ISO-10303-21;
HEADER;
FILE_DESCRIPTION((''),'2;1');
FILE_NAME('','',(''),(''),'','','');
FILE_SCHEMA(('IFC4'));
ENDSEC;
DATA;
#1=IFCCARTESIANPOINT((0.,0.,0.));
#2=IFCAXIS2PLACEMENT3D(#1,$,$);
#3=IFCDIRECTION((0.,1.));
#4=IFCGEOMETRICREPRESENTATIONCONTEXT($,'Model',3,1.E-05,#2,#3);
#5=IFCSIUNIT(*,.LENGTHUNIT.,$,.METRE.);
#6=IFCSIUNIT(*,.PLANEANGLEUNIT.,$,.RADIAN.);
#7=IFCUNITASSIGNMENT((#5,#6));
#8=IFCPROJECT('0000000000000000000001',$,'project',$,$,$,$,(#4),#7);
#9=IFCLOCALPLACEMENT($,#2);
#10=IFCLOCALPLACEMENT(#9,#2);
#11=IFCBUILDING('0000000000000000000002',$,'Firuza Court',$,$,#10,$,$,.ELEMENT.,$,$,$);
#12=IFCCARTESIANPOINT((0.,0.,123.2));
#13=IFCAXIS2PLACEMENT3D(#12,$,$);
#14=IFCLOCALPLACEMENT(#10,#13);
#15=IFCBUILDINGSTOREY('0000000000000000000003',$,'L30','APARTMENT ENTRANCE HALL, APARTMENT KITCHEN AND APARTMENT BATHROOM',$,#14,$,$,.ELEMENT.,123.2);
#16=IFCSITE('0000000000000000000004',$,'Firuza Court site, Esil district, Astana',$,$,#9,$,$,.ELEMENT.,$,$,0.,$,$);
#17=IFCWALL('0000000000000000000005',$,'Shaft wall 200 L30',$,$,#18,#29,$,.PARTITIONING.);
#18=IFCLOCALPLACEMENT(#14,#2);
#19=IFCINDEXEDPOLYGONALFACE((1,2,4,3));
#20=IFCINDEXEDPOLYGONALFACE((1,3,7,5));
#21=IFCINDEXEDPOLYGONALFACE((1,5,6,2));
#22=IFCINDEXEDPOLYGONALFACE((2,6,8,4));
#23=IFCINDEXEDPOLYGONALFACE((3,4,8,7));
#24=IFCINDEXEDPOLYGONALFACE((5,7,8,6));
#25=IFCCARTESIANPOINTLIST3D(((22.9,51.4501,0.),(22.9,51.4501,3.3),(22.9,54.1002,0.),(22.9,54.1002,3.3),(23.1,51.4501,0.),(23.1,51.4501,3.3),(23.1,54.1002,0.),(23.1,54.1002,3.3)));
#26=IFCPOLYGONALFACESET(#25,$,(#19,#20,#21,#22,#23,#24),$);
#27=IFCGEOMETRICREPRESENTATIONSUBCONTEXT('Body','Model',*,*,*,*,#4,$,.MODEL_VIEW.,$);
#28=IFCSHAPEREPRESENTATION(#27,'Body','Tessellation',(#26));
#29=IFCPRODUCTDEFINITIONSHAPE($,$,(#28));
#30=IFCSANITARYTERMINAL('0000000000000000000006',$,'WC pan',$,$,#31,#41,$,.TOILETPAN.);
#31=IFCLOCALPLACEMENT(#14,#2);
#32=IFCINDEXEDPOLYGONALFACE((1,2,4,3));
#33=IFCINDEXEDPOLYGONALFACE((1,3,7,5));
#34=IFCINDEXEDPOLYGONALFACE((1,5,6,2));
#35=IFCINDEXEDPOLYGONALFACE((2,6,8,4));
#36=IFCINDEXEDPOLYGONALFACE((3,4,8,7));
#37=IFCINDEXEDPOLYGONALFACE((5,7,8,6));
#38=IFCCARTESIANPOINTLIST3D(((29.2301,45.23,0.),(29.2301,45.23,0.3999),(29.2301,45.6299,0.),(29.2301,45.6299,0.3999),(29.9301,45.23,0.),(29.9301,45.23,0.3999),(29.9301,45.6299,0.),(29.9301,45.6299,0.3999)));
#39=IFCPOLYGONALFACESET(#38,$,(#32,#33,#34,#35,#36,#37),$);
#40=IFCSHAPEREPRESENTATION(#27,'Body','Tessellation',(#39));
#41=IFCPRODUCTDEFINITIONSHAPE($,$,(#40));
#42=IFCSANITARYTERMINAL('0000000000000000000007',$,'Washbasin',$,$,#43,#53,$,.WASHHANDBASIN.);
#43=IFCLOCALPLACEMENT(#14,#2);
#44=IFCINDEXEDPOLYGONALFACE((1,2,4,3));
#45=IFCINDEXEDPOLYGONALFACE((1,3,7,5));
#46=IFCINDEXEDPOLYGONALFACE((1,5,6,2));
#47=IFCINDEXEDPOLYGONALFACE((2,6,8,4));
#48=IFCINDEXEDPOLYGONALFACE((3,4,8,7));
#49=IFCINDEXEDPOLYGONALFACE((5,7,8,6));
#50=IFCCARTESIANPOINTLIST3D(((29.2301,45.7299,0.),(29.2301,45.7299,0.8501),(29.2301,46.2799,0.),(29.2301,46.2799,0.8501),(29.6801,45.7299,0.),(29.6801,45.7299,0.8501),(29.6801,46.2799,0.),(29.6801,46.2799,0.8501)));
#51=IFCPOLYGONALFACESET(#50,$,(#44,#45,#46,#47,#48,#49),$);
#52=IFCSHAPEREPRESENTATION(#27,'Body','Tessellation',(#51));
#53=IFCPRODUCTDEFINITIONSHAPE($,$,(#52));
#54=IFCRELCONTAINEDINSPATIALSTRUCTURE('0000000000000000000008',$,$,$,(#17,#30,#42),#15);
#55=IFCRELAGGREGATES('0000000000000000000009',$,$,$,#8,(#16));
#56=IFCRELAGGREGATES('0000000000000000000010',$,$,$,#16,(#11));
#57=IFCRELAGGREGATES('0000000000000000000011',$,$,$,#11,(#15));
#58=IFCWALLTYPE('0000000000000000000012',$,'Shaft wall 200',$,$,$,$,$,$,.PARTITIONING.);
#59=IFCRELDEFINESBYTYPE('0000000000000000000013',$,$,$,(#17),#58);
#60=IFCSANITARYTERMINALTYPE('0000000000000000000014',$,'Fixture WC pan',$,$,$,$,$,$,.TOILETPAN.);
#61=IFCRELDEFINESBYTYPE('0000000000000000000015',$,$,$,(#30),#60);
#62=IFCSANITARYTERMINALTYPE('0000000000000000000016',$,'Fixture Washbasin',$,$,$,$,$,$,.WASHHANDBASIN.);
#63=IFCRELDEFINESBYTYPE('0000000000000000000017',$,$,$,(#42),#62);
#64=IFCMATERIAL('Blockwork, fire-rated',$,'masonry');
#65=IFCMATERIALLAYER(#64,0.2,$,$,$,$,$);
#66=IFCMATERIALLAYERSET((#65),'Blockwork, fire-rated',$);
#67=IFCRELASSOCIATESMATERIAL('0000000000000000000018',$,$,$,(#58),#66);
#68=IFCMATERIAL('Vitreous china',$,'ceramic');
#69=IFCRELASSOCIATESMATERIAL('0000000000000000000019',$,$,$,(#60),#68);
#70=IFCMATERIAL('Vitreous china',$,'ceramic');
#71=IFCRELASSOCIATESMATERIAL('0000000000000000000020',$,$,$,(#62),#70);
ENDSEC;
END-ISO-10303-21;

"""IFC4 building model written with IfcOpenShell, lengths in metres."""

from ifc_helpers import new_model, si_unit, direction, frame, frame_2d, origin, origin_2d, place, context, subcontext, project, spatial, rectangle, extrude, material, layer, layer_set, type_object, element, save


model = new_model("IFC4")

# Units and contexts
model_context = context("Model", 3, precision=1e-05, world=origin(), true_north=direction((0.0, 1.0)))
body_context = subcontext(model_context, "Body", "Model", "MODEL_VIEW")
ifc_project = project(units=[si_unit("LENGTHUNIT", "METRE"), si_unit("PLANEANGLEUNIT", "RADIAN")], contexts=[model_context])

# Site, building, storey
site_placement = place(None, origin())
site = spatial("IfcSite", under=ifc_project, at=site_placement, Name="Firuza Court site, Esil district, Astana", CompositionType="ELEMENT", RefElevation=0.0)
building_placement = place(site_placement, origin())
building = spatial("IfcBuilding", under=site, at=building_placement, Name="Firuza Court", CompositionType="ELEMENT")
storey_placement = place(building_placement, frame((0.0, 0.0, 123.2)))
storey = spatial("IfcBuildingStorey", under=building, at=storey_placement, Name="L30", Description="APARTMENT ENTRANCE HALL, APARTMENT KITCHEN AND APARTMENT BATHROOM", CompositionType="ELEMENT", Elevation=123.2)

# Shared definitions
ifc_material_1 = material(Name="Blockwork, fire-rated", Category="masonry")

# Shared definitions
ifc_layer_1 = layer(ifc_material_1, 0.2)
ifc_layer_set_1 = layer_set([ifc_layer_1], Name="Blockwork, fire-rated")
wall_type_1 = type_object("IfcWallType", Name="Shaft wall 200", PredefinedType="PARTITIONING", material=ifc_layer_set_1)

# Wall
wall_1_placement = place(storey_placement, frame((23.0, 51.45, 0.0), z_axis=(0.0, 0.0, 1.0), x_axis=(0.0, 1.0, 0.0)))
element("IfcWall", 1, at=wall_1_placement, inside=storey, type_object=wall_type_1, Name="Shaft wall 200 L30", PredefinedType="PARTITIONING", context=body_context, shape_type="SweptSolid", body=[
    extrude(rectangle(XDim=2.6501, YDim=0.2, at=frame_2d((1.3252, 0.0))), origin(), (0.0, 0.0, 1.0), 3.3),
])

# Sanitary terminals
ifc_material_2 = material(Name="Vitreous china", Category="ceramic")
sanitary_terminal_type_1 = type_object("IfcSanitaryTerminalType", Name="Fixture WC pan", PredefinedType="TOILETPAN", material=ifc_material_2)
sanitary_terminal_1_placement = place(storey_placement, frame((29.5801, 45.4299, 0.0), z_axis=(0.0, 0.0, 1.0), x_axis=(1.0, 0.0, 0.0)))
element("IfcSanitaryTerminal", 2, at=sanitary_terminal_1_placement, inside=storey, type_object=sanitary_terminal_type_1, Name="WC pan", PredefinedType="TOILETPAN", context=body_context, shape_type="SweptSolid", body=[
    extrude(rectangle(XDim=0.7, YDim=0.3999, at=origin_2d()), origin(), (0.0, 0.0, 1.0), 0.3999),
])
ifc_material_3 = material(Name="Vitreous china", Category="ceramic")
sanitary_terminal_type_2 = type_object("IfcSanitaryTerminalType", Name="Fixture Washbasin", PredefinedType="WASHHANDBASIN", material=ifc_material_3)
sanitary_terminal_2_placement = place(storey_placement, frame((29.4551, 46.0049, 0.0), z_axis=(0.0, 0.0, 1.0), x_axis=(1.0, 0.0, 0.0)))
element("IfcSanitaryTerminal", 3, at=sanitary_terminal_2_placement, inside=storey, type_object=sanitary_terminal_type_2, Name="Washbasin", PredefinedType="WASHHANDBASIN", context=body_context, shape_type="SweptSolid", body=[
    extrude(rectangle(XDim=0.45, YDim=0.55, at=origin_2d()), origin(), (0.0, 0.0, 1.0), 0.8501),
])

save(model, "model.ifc")
